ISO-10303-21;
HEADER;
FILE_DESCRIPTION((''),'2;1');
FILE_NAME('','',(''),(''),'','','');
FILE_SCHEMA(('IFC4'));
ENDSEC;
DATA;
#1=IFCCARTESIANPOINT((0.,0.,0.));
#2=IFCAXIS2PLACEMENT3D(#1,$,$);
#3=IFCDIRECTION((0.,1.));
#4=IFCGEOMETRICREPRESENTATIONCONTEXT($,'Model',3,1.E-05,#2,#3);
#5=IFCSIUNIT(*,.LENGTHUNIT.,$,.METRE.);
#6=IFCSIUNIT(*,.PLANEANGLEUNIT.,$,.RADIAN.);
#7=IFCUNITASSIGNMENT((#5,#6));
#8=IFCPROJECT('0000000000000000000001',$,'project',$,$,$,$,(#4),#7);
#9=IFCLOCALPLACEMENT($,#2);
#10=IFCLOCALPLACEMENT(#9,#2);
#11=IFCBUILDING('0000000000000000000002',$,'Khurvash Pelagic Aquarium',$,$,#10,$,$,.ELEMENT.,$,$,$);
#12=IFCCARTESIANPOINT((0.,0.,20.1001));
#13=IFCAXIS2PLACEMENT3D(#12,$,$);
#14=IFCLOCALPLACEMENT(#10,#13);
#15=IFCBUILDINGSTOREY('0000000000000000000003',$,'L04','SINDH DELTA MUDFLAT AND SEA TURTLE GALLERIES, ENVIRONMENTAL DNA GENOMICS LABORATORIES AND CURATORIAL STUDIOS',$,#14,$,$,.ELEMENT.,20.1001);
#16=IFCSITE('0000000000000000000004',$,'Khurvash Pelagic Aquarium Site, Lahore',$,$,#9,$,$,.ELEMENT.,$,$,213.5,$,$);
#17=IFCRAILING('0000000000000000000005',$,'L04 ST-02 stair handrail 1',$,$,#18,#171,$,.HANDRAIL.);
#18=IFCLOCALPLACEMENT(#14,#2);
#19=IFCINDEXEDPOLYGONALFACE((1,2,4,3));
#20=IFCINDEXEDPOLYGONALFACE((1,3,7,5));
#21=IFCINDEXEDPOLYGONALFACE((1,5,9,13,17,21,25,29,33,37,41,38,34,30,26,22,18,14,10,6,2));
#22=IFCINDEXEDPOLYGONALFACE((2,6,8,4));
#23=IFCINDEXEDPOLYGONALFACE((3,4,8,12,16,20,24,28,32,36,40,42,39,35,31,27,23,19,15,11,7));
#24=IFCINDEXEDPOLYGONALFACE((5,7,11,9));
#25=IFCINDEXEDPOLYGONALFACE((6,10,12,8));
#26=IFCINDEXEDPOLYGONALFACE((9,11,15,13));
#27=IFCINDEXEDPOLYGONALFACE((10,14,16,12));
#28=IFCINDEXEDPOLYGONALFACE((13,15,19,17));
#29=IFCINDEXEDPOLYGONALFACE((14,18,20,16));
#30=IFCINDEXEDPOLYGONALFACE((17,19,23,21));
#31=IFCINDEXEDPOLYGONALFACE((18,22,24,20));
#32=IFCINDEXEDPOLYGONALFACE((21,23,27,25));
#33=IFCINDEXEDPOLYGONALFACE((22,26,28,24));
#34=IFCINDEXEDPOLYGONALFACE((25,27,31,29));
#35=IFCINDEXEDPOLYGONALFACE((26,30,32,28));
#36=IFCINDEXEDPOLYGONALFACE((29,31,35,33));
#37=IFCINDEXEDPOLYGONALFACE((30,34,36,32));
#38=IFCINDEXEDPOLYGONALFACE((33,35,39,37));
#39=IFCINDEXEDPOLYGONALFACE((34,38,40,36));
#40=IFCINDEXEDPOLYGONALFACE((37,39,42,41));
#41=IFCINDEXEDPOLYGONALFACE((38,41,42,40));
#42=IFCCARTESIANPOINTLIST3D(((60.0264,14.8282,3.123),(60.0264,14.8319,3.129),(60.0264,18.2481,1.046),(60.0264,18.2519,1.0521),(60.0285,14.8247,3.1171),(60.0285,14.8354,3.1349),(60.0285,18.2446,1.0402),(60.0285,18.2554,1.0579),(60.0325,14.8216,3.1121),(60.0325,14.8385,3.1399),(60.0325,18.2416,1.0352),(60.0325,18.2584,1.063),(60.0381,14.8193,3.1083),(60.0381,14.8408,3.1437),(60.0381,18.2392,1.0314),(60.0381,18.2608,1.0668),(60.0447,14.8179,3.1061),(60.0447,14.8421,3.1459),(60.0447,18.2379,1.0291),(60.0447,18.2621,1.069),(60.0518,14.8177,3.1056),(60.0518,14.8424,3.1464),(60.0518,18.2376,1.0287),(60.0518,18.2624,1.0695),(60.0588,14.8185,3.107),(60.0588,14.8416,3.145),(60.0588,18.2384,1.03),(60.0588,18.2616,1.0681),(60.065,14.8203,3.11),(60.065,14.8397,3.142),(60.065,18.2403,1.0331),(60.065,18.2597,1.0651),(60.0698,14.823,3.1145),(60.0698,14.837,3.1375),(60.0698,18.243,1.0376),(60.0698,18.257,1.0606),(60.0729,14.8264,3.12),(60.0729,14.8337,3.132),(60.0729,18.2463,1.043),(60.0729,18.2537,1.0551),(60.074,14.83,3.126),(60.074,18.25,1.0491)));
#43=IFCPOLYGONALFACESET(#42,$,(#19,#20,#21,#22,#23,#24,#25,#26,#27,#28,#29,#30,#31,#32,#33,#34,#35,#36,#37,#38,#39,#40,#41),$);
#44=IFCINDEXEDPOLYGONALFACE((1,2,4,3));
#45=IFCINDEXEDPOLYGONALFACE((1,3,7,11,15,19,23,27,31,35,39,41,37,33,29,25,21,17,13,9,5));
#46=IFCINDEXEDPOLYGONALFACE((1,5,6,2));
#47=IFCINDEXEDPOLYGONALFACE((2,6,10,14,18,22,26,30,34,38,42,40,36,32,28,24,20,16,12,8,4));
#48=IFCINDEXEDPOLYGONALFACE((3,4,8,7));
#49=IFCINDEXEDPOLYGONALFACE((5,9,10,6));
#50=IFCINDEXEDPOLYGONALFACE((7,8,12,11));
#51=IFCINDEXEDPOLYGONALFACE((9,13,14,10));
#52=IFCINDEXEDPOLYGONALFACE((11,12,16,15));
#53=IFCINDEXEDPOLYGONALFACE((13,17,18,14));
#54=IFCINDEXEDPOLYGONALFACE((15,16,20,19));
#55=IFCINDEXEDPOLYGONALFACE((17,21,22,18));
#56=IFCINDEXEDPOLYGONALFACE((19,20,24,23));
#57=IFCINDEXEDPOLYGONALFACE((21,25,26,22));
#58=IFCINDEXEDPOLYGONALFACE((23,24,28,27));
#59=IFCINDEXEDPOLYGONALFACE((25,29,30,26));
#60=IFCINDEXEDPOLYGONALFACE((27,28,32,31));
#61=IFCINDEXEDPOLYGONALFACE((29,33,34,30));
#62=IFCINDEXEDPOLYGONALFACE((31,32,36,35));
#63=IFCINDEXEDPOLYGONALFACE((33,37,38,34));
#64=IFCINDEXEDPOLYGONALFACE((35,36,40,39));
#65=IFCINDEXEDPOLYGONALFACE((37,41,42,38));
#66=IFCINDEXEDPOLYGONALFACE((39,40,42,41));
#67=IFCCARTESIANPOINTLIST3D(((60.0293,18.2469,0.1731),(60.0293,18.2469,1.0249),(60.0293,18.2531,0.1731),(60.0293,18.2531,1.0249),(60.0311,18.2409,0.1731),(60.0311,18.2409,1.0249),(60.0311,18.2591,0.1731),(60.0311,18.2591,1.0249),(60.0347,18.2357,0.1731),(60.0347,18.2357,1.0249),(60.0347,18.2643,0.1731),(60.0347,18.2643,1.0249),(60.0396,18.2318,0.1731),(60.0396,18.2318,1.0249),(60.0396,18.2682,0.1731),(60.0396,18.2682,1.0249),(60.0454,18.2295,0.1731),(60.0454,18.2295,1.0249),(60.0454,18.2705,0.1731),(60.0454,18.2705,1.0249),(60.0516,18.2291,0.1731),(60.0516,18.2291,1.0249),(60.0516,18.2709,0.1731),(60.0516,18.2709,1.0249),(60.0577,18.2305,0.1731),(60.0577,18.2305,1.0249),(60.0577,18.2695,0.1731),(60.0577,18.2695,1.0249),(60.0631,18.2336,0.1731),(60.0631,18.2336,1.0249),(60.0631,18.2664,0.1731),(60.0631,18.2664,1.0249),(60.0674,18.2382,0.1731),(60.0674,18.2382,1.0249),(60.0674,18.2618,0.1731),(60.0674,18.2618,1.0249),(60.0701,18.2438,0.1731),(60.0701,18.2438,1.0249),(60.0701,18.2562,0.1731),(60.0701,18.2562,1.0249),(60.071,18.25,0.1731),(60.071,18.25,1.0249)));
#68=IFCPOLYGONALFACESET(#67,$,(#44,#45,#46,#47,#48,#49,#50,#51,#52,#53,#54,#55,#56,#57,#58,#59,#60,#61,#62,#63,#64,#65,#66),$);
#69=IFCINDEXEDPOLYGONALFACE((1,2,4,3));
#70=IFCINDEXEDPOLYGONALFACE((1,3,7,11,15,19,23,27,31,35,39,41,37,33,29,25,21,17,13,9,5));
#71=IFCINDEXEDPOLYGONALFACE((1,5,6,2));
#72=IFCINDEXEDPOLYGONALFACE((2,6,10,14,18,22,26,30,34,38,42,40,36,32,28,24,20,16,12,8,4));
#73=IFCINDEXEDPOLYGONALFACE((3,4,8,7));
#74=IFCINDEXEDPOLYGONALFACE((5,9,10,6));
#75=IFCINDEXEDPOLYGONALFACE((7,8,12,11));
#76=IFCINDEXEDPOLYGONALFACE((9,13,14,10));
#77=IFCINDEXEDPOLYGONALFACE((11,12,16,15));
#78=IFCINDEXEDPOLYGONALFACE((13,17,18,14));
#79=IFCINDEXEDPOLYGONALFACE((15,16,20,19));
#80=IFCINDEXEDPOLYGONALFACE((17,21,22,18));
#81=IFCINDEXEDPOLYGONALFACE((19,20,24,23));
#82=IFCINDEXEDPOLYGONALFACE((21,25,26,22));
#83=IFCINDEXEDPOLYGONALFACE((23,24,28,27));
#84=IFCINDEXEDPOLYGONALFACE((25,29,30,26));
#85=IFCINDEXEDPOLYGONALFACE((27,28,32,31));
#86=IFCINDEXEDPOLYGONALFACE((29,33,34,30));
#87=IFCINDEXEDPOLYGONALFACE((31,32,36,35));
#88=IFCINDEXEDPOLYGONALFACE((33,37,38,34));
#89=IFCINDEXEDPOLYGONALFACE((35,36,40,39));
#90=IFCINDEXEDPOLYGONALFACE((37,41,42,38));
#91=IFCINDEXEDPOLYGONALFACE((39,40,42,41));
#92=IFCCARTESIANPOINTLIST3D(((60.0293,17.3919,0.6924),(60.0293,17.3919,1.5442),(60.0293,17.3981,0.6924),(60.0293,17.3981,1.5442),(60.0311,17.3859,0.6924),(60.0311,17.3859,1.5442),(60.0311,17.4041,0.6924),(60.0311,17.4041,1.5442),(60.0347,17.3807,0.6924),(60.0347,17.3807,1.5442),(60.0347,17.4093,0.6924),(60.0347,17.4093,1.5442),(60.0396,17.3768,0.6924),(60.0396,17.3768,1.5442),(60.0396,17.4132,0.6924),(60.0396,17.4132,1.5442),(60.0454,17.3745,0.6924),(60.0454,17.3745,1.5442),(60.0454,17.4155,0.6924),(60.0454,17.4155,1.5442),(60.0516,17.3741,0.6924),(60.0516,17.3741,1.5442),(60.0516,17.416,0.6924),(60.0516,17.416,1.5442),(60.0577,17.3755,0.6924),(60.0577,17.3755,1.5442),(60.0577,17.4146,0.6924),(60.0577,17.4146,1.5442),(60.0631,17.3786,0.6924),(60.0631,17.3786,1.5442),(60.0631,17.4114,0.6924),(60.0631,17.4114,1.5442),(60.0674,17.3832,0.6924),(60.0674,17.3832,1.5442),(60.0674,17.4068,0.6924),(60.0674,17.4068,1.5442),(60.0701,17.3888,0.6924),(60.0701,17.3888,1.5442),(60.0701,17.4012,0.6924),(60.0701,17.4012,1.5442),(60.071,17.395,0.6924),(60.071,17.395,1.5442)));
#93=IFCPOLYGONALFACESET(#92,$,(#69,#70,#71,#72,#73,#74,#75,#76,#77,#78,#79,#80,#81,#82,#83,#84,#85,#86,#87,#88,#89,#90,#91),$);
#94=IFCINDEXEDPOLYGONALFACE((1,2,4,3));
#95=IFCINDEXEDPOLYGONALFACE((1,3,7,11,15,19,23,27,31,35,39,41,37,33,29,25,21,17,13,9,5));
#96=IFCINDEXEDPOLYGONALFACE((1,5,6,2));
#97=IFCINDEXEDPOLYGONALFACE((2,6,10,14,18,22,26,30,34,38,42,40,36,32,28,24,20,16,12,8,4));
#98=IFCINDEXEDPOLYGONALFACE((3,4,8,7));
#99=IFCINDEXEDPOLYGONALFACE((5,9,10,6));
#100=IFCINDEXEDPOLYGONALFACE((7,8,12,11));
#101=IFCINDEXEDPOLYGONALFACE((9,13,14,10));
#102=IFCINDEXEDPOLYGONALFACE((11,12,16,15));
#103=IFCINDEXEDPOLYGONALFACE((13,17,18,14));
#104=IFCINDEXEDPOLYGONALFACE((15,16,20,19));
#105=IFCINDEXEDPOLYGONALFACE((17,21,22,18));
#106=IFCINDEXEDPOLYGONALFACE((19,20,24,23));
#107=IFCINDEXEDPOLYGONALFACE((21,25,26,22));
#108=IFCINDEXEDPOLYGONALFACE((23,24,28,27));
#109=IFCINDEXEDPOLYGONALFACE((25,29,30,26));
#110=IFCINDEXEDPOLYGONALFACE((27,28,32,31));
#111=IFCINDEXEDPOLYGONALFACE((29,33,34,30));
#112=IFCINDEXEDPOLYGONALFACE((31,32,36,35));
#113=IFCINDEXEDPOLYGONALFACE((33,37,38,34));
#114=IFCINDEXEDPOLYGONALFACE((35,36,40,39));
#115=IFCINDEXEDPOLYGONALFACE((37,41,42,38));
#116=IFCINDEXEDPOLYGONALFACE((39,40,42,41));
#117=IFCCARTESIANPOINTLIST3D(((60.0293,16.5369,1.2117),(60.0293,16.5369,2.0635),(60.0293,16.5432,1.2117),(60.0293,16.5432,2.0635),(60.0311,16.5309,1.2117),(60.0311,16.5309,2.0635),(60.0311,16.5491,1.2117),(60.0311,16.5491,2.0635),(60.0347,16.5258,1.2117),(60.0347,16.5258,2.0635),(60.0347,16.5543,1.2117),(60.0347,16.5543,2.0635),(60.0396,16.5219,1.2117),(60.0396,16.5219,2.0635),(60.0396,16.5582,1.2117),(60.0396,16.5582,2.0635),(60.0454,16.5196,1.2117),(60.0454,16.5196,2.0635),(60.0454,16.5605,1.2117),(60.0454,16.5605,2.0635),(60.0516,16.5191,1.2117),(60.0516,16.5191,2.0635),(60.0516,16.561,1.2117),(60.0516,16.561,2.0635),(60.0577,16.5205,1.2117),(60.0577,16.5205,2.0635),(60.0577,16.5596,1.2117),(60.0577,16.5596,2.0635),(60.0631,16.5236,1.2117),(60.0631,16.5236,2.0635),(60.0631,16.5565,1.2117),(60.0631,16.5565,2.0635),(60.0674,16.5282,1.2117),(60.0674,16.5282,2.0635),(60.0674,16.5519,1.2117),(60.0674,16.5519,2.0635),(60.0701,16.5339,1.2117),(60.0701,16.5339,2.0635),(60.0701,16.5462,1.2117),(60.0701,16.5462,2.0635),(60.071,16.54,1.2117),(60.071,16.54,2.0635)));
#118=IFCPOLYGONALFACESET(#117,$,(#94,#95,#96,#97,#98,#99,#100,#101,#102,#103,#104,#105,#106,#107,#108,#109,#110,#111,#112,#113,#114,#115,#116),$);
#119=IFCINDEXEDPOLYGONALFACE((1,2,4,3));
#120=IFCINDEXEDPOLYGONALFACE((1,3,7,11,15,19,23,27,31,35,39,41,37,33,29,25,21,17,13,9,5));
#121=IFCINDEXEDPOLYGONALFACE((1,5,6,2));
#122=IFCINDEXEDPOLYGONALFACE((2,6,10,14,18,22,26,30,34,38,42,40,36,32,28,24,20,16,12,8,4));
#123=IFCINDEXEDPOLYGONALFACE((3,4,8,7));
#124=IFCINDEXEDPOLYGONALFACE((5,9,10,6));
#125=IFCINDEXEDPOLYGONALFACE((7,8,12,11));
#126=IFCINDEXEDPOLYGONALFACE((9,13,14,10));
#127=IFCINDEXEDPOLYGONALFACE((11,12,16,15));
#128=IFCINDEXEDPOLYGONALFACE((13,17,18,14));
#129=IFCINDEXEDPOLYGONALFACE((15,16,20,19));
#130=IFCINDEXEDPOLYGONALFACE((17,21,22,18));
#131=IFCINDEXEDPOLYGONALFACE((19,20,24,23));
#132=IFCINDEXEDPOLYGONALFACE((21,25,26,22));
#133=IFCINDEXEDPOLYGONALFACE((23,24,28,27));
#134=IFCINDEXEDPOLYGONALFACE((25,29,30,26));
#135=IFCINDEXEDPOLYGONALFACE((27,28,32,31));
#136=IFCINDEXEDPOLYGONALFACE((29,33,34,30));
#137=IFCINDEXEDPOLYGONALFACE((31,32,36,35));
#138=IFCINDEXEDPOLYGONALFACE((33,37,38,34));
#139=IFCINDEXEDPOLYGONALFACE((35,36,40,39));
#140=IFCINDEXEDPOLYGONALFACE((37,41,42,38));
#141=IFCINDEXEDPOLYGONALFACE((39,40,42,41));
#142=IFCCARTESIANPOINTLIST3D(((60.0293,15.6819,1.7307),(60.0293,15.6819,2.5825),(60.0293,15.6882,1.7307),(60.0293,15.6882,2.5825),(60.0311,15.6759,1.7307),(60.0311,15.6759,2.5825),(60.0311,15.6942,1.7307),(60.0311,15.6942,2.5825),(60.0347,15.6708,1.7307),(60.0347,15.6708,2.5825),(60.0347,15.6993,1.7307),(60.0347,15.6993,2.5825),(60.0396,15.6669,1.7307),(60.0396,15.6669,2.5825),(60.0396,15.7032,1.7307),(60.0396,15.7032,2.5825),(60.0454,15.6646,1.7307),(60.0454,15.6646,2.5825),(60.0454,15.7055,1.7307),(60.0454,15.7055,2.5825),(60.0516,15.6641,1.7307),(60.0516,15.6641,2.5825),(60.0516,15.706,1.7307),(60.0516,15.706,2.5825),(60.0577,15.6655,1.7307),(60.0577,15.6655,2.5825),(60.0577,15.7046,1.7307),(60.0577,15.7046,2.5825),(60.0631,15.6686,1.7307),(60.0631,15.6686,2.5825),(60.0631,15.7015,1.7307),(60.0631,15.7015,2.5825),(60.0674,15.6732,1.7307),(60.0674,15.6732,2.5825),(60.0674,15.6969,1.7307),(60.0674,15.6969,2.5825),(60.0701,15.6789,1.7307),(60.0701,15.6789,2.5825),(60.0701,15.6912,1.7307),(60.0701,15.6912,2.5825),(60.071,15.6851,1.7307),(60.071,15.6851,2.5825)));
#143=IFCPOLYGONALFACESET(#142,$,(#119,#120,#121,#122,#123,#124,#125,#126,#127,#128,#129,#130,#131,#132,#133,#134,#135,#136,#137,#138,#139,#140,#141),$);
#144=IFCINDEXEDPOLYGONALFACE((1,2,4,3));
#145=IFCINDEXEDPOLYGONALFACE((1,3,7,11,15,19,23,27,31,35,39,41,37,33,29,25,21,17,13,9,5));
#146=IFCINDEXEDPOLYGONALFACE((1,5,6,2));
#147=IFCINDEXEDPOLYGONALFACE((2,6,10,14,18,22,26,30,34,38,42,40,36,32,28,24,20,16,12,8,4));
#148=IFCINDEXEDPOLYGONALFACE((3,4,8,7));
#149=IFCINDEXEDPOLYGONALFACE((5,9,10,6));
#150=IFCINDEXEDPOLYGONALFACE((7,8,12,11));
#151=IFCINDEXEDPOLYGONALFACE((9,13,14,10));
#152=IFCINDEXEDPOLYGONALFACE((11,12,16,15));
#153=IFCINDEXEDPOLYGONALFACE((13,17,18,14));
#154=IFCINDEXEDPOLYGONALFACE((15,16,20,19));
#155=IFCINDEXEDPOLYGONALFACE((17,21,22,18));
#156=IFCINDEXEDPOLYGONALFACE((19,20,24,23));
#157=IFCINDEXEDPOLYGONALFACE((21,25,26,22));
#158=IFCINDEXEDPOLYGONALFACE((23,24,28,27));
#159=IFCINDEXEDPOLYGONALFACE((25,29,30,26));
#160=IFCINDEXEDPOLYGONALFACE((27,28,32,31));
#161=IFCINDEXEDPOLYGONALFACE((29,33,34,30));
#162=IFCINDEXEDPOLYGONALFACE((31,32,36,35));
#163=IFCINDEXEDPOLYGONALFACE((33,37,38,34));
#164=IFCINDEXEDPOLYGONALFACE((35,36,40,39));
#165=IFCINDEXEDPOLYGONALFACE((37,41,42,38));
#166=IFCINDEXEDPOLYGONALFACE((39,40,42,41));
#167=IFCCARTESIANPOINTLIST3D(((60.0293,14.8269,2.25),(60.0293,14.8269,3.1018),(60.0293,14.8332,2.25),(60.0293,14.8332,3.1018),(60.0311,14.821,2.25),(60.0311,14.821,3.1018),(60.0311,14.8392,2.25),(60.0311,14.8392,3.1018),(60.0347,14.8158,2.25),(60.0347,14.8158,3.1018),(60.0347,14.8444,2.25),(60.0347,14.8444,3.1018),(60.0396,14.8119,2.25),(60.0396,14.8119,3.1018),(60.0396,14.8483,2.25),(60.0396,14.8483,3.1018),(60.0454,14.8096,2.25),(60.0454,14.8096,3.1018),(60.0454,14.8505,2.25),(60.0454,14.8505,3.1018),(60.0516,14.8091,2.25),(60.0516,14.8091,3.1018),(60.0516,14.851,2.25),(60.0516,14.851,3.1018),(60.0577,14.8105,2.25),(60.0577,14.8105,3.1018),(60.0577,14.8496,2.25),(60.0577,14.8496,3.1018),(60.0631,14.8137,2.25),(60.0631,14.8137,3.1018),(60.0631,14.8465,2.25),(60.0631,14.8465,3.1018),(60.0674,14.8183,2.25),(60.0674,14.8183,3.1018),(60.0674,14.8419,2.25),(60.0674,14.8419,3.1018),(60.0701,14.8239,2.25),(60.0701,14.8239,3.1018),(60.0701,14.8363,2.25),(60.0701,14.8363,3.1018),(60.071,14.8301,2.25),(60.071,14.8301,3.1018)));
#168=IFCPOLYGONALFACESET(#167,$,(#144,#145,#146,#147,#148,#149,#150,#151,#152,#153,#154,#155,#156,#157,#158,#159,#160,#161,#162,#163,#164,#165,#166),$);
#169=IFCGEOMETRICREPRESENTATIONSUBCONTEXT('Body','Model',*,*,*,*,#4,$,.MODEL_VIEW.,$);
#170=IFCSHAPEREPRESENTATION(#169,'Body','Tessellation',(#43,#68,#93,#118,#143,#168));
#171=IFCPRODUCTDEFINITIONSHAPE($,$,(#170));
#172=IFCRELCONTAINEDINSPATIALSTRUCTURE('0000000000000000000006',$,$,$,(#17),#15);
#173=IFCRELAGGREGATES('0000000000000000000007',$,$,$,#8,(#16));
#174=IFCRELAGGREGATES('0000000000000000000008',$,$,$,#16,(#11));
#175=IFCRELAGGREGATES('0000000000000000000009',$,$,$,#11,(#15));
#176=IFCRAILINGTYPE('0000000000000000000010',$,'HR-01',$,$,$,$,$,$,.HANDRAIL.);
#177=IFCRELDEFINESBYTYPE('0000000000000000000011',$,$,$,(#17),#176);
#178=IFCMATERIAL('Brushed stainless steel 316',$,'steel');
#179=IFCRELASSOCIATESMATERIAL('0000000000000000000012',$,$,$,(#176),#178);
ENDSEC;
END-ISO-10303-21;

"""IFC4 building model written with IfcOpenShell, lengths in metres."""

from ifc_helpers import new_model, si_unit, direction, frame, origin, origin_2d, place, context, subcontext, project, spatial, circle, extrude, material, type_object, element, save


model = new_model("IFC4")

# Units and contexts
model_context = context("Model", 3, precision=1e-05, world=origin(), true_north=direction((0.0, 1.0)))
body_context = subcontext(model_context, "Body", "Model", "MODEL_VIEW")
ifc_project = project(units=[si_unit("LENGTHUNIT", "METRE"), si_unit("PLANEANGLEUNIT", "RADIAN")], contexts=[model_context])

# Site, building, storey
site_placement = place(None, origin())
site = spatial("IfcSite", under=ifc_project, at=site_placement, Name="Khurvash Pelagic Aquarium Site, Lahore", CompositionType="ELEMENT", RefElevation=213.5)
building_placement = place(site_placement, origin())
building = spatial("IfcBuilding", under=site, at=building_placement, Name="Khurvash Pelagic Aquarium", CompositionType="ELEMENT")
storey_placement = place(building_placement, frame((0.0, 0.0, 20.1001)))
storey = spatial("IfcBuildingStorey", under=building, at=storey_placement, Name="L04", Description="SINDH DELTA MUDFLAT AND SEA TURTLE GALLERIES, ENVIRONMENTAL DNA GENOMICS LABORATORIES AND CURATORIAL STUDIOS", CompositionType="ELEMENT", Elevation=20.1001)

# Railing
ifc_material_1 = material(Name="Brushed stainless steel 316", Category="steel")
railing_type_1 = type_object("IfcRailingType", Name="HR-01", PredefinedType="HANDRAIL", material=ifc_material_1)
railing_1_placement = place(storey_placement, frame((60.05, 18.25, 0.1731)))
element("IfcRailing", 1, at=railing_1_placement, inside=storey, type_object=railing_type_1, Name="L04 ST-02 stair handrail 1", PredefinedType="HANDRAIL", context=body_context, shape_type="SweptSolid", body=[
    extrude(circle(Radius=0.0239, at=origin_2d()), frame((0.0, 0.0, 0.876), z_axis=(0.0, -0.85473, 0.519074), x_axis=(1.0, 0.0, 0.0)), (0.0, 0.0, 1.0), 4.0012),
    extrude(circle(Radius=0.021, at=origin_2d()), origin(), (0.0, 0.0, 1.0), 0.8518),
    extrude(circle(Radius=0.021, at=origin_2d()), frame((0.0, -0.855, 0.5193)), (0.0, 0.0, 1.0), 0.8518),
    extrude(circle(Radius=0.021, at=origin_2d()), frame((0.0, -1.71, 1.0386)), (0.0, 0.0, 1.0), 0.8518),
    extrude(circle(Radius=0.021, at=origin_2d()), frame((0.0, -2.5649, 1.5576)), (0.0, 0.0, 1.0), 0.8518),
    extrude(circle(Radius=0.021, at=origin_2d()), frame((0.0, -3.4199, 2.0769)), (0.0, 0.0, 1.0), 0.8518),
])

save(model, "model.ifc")
